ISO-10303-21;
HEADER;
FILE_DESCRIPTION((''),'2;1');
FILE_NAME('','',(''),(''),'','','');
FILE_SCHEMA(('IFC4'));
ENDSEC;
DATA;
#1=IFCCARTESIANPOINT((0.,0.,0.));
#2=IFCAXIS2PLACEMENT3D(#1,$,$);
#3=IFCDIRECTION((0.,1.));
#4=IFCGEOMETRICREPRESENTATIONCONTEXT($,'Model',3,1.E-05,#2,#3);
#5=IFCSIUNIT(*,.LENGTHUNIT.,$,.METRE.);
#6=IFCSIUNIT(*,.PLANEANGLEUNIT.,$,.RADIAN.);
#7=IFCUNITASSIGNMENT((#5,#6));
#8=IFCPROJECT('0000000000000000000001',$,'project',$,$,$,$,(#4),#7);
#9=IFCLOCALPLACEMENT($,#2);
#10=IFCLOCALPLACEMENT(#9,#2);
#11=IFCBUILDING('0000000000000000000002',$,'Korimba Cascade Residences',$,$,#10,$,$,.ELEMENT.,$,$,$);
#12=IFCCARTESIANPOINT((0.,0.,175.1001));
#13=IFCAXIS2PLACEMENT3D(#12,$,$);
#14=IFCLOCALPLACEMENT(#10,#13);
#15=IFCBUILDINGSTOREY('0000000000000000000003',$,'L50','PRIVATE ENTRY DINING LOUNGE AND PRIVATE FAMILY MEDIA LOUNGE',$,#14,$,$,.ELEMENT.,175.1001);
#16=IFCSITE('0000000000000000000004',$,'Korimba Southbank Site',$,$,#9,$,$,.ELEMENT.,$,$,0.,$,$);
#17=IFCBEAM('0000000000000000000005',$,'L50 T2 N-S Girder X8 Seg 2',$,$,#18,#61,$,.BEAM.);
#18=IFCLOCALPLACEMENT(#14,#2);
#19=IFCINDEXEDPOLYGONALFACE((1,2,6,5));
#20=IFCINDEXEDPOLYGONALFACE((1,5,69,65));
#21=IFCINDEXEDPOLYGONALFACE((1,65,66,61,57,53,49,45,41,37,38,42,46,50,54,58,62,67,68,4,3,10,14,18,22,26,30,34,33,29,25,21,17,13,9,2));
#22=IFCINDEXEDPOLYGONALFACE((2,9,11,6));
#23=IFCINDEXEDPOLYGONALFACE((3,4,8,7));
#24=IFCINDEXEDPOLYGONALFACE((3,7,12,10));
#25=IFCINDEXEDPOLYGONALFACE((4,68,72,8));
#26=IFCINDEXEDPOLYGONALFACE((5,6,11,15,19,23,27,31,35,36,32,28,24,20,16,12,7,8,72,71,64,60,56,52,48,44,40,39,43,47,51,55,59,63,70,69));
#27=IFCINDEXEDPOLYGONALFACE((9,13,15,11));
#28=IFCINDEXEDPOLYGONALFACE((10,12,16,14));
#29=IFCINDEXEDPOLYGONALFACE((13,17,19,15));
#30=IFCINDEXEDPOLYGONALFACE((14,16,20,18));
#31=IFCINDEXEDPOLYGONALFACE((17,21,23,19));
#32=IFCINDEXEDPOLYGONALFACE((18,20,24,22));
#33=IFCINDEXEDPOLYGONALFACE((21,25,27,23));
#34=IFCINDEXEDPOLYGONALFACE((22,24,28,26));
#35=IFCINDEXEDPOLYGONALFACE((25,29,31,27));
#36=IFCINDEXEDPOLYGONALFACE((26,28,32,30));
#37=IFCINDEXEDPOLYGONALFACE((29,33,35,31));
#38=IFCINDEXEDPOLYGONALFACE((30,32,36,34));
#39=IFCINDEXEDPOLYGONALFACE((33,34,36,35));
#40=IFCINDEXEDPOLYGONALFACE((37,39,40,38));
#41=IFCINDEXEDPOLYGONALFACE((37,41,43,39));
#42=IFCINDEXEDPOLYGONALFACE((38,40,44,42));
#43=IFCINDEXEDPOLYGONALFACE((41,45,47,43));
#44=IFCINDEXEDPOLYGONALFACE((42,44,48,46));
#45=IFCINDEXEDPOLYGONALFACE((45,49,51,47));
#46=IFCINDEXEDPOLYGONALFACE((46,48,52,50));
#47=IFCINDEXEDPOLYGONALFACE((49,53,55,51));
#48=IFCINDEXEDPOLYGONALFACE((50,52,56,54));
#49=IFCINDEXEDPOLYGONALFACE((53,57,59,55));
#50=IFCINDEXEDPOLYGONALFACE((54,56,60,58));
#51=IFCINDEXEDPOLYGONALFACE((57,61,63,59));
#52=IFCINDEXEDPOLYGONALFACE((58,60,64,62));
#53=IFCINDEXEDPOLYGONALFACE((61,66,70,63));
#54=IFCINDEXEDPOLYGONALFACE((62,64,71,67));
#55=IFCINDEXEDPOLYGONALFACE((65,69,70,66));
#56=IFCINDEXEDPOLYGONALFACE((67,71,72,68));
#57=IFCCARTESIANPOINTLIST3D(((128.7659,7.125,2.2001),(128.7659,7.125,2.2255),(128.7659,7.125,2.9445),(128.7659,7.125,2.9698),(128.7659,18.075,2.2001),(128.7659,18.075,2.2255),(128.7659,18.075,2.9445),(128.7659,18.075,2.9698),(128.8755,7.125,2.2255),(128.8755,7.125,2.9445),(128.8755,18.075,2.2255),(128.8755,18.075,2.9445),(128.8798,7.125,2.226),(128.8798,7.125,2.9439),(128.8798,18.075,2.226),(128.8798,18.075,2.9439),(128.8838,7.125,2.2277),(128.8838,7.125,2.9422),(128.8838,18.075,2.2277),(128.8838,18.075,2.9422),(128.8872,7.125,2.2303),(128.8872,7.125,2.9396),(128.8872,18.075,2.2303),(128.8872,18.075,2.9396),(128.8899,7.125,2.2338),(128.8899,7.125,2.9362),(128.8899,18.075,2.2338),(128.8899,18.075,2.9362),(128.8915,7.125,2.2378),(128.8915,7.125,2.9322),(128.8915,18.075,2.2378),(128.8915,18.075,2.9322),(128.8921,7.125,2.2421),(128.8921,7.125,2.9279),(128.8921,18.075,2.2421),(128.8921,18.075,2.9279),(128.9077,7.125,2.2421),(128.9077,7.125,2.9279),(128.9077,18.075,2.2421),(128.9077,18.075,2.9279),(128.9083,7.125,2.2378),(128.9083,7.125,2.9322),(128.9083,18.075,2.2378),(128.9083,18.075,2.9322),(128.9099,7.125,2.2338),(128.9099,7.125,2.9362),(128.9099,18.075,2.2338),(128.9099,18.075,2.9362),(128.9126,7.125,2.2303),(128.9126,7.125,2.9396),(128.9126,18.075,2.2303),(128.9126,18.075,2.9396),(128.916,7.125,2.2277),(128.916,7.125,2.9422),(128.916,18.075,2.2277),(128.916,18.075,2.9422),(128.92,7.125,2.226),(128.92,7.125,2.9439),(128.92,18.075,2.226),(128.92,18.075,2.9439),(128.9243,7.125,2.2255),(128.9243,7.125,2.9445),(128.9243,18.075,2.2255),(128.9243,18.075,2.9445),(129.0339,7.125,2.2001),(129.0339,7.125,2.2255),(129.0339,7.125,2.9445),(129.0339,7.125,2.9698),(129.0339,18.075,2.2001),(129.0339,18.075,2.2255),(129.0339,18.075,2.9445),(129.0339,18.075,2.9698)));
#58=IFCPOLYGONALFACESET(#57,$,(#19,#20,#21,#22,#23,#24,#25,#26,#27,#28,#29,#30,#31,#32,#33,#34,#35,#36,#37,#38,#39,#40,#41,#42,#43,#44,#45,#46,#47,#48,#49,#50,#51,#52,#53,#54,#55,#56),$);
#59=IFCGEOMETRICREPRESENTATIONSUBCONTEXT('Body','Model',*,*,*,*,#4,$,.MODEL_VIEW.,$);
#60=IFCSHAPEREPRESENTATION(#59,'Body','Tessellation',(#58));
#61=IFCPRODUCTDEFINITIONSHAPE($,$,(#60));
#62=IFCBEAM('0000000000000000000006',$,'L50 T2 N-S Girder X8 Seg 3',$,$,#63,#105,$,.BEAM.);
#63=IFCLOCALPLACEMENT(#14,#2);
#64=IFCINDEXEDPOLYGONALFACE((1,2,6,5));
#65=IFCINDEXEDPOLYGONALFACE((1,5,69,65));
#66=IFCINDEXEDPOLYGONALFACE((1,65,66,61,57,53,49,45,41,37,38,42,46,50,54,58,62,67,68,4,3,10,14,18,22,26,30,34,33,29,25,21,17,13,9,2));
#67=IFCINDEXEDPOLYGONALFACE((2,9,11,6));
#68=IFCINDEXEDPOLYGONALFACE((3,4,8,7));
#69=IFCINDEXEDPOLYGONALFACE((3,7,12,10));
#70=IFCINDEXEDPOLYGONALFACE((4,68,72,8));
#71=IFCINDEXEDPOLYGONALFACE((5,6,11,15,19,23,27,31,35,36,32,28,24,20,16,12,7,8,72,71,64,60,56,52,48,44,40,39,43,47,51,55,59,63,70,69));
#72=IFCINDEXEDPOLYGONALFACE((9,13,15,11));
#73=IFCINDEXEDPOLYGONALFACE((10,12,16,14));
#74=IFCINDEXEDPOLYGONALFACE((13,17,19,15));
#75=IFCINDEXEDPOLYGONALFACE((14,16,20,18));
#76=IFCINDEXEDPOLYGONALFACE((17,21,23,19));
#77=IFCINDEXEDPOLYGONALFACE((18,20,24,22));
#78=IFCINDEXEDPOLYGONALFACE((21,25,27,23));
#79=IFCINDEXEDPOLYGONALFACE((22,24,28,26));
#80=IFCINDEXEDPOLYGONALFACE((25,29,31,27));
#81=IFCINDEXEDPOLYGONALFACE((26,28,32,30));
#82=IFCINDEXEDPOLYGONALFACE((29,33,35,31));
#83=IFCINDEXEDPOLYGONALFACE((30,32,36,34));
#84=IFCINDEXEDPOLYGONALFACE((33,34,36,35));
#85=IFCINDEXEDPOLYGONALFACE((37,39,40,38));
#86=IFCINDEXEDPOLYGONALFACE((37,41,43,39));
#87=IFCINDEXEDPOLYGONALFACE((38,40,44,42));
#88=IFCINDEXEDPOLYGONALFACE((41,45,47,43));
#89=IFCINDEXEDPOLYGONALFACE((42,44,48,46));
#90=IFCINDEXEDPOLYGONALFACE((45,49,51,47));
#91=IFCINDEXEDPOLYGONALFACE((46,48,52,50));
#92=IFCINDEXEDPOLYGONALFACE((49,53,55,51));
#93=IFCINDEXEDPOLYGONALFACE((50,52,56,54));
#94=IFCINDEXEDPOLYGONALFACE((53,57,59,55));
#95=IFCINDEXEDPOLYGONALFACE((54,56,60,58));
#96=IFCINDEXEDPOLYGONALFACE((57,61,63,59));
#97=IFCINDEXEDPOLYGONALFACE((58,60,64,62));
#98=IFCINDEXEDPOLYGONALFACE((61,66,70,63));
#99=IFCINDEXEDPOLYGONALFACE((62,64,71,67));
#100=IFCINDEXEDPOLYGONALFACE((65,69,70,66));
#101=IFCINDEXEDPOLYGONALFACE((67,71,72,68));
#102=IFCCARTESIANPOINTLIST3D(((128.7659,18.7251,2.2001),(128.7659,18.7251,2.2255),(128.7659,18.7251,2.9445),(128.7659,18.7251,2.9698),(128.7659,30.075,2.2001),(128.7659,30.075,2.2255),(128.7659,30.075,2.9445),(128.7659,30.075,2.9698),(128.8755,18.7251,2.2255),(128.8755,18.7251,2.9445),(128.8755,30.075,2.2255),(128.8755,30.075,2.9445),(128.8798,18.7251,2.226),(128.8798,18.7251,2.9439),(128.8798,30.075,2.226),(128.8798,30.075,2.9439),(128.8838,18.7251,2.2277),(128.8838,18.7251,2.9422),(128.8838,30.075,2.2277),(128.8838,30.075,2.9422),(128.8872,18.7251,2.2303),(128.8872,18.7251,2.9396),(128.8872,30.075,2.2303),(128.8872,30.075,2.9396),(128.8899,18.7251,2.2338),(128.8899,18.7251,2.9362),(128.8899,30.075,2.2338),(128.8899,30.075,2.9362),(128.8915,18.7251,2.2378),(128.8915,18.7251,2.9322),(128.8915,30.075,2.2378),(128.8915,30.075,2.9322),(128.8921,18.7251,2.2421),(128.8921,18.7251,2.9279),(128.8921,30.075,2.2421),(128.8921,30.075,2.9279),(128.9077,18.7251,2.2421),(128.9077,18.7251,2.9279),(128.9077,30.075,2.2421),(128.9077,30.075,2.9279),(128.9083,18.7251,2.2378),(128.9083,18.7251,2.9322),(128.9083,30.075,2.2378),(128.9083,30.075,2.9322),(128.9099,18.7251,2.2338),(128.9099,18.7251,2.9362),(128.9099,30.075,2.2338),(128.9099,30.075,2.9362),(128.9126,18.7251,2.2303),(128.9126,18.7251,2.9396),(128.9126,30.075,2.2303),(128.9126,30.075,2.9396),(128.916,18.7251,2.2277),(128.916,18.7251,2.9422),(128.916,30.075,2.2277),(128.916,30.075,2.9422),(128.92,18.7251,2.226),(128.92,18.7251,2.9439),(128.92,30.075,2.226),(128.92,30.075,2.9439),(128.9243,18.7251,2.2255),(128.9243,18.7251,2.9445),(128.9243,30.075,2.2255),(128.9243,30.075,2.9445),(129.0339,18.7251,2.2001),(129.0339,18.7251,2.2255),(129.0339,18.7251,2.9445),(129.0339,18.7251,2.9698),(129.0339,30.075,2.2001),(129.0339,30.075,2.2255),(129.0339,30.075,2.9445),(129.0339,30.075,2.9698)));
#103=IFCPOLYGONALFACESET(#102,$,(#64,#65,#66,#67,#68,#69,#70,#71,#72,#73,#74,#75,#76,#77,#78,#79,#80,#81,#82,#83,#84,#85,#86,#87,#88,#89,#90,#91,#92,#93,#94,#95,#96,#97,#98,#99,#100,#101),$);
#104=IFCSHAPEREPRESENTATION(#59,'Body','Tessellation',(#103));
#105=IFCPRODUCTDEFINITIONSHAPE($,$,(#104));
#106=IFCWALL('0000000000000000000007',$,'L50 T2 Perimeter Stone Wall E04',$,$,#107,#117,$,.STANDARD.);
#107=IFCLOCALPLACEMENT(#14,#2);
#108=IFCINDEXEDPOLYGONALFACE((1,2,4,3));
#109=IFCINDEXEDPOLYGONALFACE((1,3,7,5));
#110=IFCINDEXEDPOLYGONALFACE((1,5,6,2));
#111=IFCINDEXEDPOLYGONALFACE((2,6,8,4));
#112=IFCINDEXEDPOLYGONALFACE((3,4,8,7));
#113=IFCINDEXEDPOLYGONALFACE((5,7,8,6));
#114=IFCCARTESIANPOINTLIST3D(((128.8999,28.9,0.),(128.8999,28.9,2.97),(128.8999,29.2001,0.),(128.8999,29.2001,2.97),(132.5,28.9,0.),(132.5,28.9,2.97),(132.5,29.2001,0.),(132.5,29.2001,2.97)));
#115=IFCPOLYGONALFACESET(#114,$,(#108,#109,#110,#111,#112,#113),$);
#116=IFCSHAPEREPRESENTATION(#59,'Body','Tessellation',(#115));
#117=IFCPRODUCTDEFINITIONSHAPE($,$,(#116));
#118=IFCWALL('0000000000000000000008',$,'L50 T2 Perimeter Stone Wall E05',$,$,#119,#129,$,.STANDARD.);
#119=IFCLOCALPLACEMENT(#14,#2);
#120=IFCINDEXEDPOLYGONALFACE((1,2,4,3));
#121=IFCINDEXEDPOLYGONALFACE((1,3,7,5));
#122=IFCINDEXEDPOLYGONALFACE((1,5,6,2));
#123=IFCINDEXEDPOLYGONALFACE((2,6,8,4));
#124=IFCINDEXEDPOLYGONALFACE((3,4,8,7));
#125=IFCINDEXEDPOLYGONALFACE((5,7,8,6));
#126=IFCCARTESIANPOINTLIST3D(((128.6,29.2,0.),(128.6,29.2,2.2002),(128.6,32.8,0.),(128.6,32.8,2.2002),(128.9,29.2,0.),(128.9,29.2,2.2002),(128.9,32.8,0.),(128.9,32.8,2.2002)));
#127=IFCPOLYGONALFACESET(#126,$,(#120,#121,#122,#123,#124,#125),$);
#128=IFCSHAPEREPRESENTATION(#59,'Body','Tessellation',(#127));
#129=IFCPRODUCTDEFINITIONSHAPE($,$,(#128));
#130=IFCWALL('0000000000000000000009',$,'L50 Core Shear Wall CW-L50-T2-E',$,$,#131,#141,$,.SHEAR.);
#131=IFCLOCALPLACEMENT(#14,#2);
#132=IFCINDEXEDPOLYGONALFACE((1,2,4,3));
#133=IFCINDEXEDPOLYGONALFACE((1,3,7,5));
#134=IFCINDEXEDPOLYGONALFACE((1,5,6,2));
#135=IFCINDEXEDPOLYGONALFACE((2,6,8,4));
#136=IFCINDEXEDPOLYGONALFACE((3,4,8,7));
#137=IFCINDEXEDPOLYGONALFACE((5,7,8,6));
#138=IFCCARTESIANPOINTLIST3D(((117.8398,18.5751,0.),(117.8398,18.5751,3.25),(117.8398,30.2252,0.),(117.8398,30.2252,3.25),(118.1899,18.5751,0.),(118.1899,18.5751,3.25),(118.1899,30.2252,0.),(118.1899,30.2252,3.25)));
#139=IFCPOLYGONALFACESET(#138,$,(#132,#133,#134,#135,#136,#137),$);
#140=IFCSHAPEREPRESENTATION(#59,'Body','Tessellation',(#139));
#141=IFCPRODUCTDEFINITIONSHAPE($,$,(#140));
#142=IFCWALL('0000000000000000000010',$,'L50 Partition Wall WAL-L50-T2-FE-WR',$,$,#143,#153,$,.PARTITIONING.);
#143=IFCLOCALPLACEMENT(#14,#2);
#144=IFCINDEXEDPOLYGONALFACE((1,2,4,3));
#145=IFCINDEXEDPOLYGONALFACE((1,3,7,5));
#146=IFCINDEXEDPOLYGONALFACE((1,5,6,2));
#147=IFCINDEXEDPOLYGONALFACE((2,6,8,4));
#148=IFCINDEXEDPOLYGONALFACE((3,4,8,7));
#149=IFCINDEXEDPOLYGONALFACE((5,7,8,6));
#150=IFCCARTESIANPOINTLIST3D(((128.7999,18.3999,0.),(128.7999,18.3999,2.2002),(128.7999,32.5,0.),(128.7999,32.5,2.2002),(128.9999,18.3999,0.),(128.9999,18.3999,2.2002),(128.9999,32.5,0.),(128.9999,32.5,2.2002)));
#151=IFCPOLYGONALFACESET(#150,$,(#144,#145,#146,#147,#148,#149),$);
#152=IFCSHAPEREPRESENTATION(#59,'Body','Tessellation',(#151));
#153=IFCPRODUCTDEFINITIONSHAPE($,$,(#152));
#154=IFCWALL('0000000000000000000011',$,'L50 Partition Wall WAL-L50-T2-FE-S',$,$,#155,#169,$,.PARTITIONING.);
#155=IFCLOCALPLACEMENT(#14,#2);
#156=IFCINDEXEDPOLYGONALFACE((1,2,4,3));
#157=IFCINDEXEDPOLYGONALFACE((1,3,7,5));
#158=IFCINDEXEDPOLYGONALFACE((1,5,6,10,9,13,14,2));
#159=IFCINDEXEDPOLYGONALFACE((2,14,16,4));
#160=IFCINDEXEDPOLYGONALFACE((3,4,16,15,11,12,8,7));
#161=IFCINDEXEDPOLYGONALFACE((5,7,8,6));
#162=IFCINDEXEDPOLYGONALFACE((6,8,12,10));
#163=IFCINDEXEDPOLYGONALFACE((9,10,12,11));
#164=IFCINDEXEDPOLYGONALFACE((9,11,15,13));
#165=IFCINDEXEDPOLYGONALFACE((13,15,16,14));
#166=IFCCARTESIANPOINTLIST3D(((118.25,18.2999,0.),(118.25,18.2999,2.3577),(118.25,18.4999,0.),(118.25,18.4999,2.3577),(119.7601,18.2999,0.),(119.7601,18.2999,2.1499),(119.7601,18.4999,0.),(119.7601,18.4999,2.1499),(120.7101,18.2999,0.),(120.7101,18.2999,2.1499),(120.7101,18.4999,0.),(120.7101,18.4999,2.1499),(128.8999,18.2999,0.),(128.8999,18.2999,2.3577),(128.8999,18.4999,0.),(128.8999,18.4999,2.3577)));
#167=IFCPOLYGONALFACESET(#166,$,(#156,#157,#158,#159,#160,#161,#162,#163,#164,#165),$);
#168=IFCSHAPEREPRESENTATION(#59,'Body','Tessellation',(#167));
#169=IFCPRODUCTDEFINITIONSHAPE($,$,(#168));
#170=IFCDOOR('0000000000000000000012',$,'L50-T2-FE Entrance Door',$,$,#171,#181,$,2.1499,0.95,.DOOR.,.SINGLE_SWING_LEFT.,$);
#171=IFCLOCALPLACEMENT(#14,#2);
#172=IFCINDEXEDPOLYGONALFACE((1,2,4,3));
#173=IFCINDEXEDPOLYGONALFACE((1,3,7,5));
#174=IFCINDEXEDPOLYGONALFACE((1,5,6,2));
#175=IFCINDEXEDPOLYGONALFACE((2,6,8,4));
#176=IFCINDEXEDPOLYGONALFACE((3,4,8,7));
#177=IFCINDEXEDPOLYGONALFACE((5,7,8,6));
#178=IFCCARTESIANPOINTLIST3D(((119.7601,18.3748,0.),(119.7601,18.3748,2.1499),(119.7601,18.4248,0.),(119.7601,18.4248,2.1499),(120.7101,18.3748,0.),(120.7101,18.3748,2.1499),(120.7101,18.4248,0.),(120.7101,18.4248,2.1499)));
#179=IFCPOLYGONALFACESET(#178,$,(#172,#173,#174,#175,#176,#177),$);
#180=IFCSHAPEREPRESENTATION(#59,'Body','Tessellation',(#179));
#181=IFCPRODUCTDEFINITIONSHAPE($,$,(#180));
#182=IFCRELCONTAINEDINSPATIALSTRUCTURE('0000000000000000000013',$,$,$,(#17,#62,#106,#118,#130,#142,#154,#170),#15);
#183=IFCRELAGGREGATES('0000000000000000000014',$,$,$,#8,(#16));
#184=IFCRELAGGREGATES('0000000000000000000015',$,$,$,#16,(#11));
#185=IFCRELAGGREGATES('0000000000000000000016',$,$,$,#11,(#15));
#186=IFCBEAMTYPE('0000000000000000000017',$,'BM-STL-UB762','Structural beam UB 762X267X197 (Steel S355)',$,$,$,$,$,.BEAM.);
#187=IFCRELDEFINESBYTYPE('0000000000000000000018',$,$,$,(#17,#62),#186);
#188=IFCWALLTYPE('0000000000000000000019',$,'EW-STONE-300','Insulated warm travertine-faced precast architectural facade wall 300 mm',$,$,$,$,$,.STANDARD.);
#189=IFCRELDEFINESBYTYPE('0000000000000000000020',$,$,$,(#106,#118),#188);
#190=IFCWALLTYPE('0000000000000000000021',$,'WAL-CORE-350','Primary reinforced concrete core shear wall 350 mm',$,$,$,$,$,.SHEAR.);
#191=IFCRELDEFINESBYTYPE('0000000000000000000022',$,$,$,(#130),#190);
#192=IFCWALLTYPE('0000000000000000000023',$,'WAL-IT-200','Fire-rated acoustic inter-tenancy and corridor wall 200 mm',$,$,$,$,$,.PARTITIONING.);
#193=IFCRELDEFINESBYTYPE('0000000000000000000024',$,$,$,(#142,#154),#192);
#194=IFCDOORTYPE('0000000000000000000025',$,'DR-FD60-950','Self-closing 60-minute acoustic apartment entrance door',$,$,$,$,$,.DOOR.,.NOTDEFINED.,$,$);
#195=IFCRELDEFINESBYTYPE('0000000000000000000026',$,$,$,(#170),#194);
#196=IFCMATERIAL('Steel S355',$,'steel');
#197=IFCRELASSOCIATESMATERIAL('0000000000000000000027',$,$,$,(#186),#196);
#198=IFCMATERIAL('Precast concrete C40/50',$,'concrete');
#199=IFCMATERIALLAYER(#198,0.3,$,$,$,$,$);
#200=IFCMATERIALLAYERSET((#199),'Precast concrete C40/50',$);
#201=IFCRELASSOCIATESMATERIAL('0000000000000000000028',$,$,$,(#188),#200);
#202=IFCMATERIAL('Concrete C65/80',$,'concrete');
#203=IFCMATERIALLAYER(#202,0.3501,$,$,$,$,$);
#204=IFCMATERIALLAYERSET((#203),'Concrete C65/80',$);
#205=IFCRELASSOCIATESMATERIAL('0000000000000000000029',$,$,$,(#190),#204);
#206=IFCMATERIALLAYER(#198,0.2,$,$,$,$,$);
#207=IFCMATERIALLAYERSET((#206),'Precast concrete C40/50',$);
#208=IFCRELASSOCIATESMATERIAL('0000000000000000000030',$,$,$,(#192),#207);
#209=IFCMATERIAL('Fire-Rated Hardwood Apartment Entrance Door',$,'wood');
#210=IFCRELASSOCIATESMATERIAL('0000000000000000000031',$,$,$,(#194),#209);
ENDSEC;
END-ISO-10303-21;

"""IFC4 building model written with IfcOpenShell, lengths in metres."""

from ifc_helpers import new_model, si_unit, direction, frame, frame_2d, origin, origin_2d, place, context, subcontext, project, spatial, rectangle, i_section, extrude, material, layer, layer_set, material_profile, profile_set, type_object, element, fill, save


model = new_model("IFC4")

# Units and contexts
model_context = context("Model", 3, precision=1e-05, world=origin(), true_north=direction((0.0, 1.0)))
body_context = subcontext(model_context, "Body", "Model", "MODEL_VIEW")
ifc_project = project(units=[si_unit("LENGTHUNIT", "METRE"), si_unit("PLANEANGLEUNIT", "RADIAN")], contexts=[model_context])

# Site, building, storey
site_placement = place(None, origin())
site = spatial("IfcSite", under=ifc_project, at=site_placement, Name="Korimba Southbank Site", CompositionType="ELEMENT", RefElevation=0.0)
building_placement = place(site_placement, origin())
building = spatial("IfcBuilding", under=site, at=building_placement, Name="Korimba Cascade Residences", CompositionType="ELEMENT")
storey_placement = place(building_placement, frame((0.0, 0.0, 175.1001)))
storey = spatial("IfcBuildingStorey", under=building, at=storey_placement, Name="L50", Description="PRIVATE ENTRY DINING LOUNGE AND PRIVATE FAMILY MEDIA LOUNGE", CompositionType="ELEMENT", Elevation=175.1001)

# Beams
ifc_material_1 = material(Name="Steel S355", Category="steel")
ifc_material_profile_1 = material_profile(ifc_material_1, i_section(OverallWidth=0.2681, OverallDepth=0.7698, WebThickness=0.0156, FlangeThickness=0.0254, FilletRadius=0.0166, at=origin_2d()), Name="Steel S355")
ifc_profile_set_1 = profile_set([ifc_material_profile_1], Name="Steel S355")
beam_type_1 = type_object("IfcBeamType", Name="BM-STL-UB762", Description="Structural beam UB 762X267X197 (Steel S355)", PredefinedType="BEAM", material=ifc_profile_set_1)
beam_1_placement = place(storey_placement, frame((128.8999, 7.125, 2.585), z_axis=(0.0, 1.0, 0.0), x_axis=(-1.0, 0.0, 0.0)))
element("IfcBeam", 1, at=beam_1_placement, inside=storey, type_object=beam_type_1, Name="L50 T2 N-S Girder X8 Seg 2", PredefinedType="BEAM", context=body_context, shape_type="SweptSolid", body=[
    extrude(i_section(OverallWidth=0.2681, OverallDepth=0.7698, WebThickness=0.0156, FlangeThickness=0.0254, FilletRadius=0.0166, at=origin_2d()), origin(), (0.0, 0.0, 1.0), 10.95),
])
beam_2_placement = place(storey_placement, frame((128.8999, 18.7251, 2.585), z_axis=(0.0, 1.0, 0.0), x_axis=(-1.0, 0.0, 0.0)))
element("IfcBeam", 2, at=beam_2_placement, inside=storey, type_object=beam_type_1, Name="L50 T2 N-S Girder X8 Seg 3", PredefinedType="BEAM", context=body_context, shape_type="SweptSolid", body=[
    extrude(i_section(OverallWidth=0.2681, OverallDepth=0.7698, WebThickness=0.0156, FlangeThickness=0.0254, FilletRadius=0.0166, at=origin_2d()), origin(), (0.0, 0.0, 1.0), 11.3499),
])

# Walls
ifc_material_2 = material(Name="Precast concrete C40/50", Category="concrete")
ifc_layer_1 = layer(ifc_material_2, 0.3)
ifc_layer_set_1 = layer_set([ifc_layer_1], Name="Precast concrete C40/50")
wall_type_1 = type_object("IfcWallType", Name="EW-STONE-300", Description="Insulated warm travertine-faced precast architectural facade wall 300 mm", PredefinedType="STANDARD", material=ifc_layer_set_1)
wall_1_placement = place(storey_placement, frame((132.5, 29.05, 0.0), z_axis=(0.0, 0.0, 1.0), x_axis=(-1.0, 0.0, 0.0)))
element("IfcWall", 3, at=wall_1_placement, inside=storey, type_object=wall_type_1, Name="L50 T2 Perimeter Stone Wall E04", PredefinedType="STANDARD", context=body_context, shape_type="SweptSolid", body=[
    extrude(rectangle(XDim=3.6001, YDim=0.3, at=frame_2d((1.8, 0.0))), origin(), (0.0, 0.0, 1.0), 2.97),
])
wall_2_placement = place(storey_placement, frame((128.75, 29.2, 0.0), z_axis=(0.0, 0.0, 1.0), x_axis=(0.0, 1.0, 0.0)))
element("IfcWall", 4, at=wall_2_placement, inside=storey, type_object=wall_type_1, Name="L50 T2 Perimeter Stone Wall E05", PredefinedType="STANDARD", context=body_context, shape_type="SweptSolid", body=[
    extrude(rectangle(XDim=3.6001, YDim=0.3, at=frame_2d((1.8, 0.0))), origin(), (0.0, 0.0, 1.0), 2.2002),
])
ifc_material_3 = material(Name="Concrete C65/80", Category="concrete")
ifc_layer_2 = layer(ifc_material_3, 0.3501)
ifc_layer_set_2 = layer_set([ifc_layer_2], Name="Concrete C65/80")
wall_type_2 = type_object("IfcWallType", Name="WAL-CORE-350", Description="Primary reinforced concrete core shear wall 350 mm", PredefinedType="SHEAR", material=ifc_layer_set_2)
wall_3_placement = place(storey_placement, frame((118.0149, 18.575, 0.0), z_axis=(0.0, 0.0, 1.0), x_axis=(0.0, 1.0, 0.0)))
element("IfcWall", 5, at=wall_3_placement, inside=storey, type_object=wall_type_2, Name="L50 Core Shear Wall CW-L50-T2-E", PredefinedType="SHEAR", context=body_context, shape_type="SweptSolid", body=[
    extrude(rectangle(XDim=11.6501, YDim=0.3501, at=frame_2d((5.8252, 0.0))), origin(), (0.0, 0.0, 1.0), 3.25),
])
ifc_layer_3 = layer(ifc_material_2, 0.2)
ifc_layer_set_3 = layer_set([ifc_layer_3], Name="Precast concrete C40/50")
wall_type_3 = type_object("IfcWallType", Name="WAL-IT-200", Description="Fire-rated acoustic inter-tenancy and corridor wall 200 mm", PredefinedType="PARTITIONING", material=ifc_layer_set_3)
wall_4_placement = place(storey_placement, frame((128.8999, 18.3999, 0.0), z_axis=(0.0, 0.0, 1.0), x_axis=(0.0, 1.0, 0.0)))
element("IfcWall", 6, at=wall_4_placement, inside=storey, type_object=wall_type_3, Name="L50 Partition Wall WAL-L50-T2-FE-WR", PredefinedType="PARTITIONING", context=body_context, shape_type="SweptSolid", body=[
    extrude(rectangle(XDim=14.1001, YDim=0.2, at=frame_2d((7.05, 0.0))), origin(), (0.0, 0.0, 1.0), 2.2002),
])

# Wall, opening, door
wall_5_placement = place(storey_placement, frame((118.25, 18.3999, 0.0), z_axis=(0.0, 0.0, 1.0), x_axis=(1.0, 0.0, 0.0)))
wall_5 = element("IfcWall", 7, at=wall_5_placement, inside=storey, type_object=wall_type_3, Name="L50 Partition Wall WAL-L50-T2-FE-S", PredefinedType="PARTITIONING", context=body_context, shape_type="SweptSolid", body=[
    extrude(rectangle(XDim=10.6499, YDim=0.2, at=frame_2d((5.325, 0.0))), origin(), (0.0, 0.0, 1.0), 2.3577),
])
opening_1_placement = place(wall_5_placement, frame((1.51, 0.0, 0.0)))
opening_1 = element("IfcOpeningElement", 8, at=opening_1_placement, cuts=wall_5, PredefinedType="OPENING", context=body_context, shape_type="SweptSolid", body=[
    extrude(rectangle(XDim=0.95, YDim=2.1499, at=frame_2d((0.4751, 1.075))), frame((0.0, 0.1099, 0.0), z_axis=(0.0, -1.0, 0.0), x_axis=(1.0, 0.0, 0.0)), (0.0, 0.0, 1.0), 0.22),
])
ifc_material_4 = material(Name="Fire-Rated Hardwood Apartment Entrance Door", Category="wood")
door_type_1 = type_object("IfcDoorType", Name="DR-FD60-950", Description="Self-closing 60-minute acoustic apartment entrance door", OperationType="NOTDEFINED", PredefinedType="DOOR", material=ifc_material_4)
door_1_placement = place(opening_1_placement, origin())
door_1 = element("IfcDoor", 9, at=door_1_placement, inside=storey, type_object=door_type_1, Name="L50-T2-FE Entrance Door", OperationType="SINGLE_SWING_LEFT", OverallHeight=2.1499, OverallWidth=0.95, PredefinedType="DOOR", context=body_context, shape_type="SweptSolid", body=[
    extrude(rectangle(XDim=0.95, YDim=2.1499, at=frame_2d((0.4751, 1.075))), frame((0.0, 0.0249, 0.0), z_axis=(0.0, -1.0, 0.0), x_axis=(1.0, 0.0, 0.0)), (0.0, 0.0, 1.0), 0.05),
])
fill(opening_1, door_1)

save(model, "model.ifc")
